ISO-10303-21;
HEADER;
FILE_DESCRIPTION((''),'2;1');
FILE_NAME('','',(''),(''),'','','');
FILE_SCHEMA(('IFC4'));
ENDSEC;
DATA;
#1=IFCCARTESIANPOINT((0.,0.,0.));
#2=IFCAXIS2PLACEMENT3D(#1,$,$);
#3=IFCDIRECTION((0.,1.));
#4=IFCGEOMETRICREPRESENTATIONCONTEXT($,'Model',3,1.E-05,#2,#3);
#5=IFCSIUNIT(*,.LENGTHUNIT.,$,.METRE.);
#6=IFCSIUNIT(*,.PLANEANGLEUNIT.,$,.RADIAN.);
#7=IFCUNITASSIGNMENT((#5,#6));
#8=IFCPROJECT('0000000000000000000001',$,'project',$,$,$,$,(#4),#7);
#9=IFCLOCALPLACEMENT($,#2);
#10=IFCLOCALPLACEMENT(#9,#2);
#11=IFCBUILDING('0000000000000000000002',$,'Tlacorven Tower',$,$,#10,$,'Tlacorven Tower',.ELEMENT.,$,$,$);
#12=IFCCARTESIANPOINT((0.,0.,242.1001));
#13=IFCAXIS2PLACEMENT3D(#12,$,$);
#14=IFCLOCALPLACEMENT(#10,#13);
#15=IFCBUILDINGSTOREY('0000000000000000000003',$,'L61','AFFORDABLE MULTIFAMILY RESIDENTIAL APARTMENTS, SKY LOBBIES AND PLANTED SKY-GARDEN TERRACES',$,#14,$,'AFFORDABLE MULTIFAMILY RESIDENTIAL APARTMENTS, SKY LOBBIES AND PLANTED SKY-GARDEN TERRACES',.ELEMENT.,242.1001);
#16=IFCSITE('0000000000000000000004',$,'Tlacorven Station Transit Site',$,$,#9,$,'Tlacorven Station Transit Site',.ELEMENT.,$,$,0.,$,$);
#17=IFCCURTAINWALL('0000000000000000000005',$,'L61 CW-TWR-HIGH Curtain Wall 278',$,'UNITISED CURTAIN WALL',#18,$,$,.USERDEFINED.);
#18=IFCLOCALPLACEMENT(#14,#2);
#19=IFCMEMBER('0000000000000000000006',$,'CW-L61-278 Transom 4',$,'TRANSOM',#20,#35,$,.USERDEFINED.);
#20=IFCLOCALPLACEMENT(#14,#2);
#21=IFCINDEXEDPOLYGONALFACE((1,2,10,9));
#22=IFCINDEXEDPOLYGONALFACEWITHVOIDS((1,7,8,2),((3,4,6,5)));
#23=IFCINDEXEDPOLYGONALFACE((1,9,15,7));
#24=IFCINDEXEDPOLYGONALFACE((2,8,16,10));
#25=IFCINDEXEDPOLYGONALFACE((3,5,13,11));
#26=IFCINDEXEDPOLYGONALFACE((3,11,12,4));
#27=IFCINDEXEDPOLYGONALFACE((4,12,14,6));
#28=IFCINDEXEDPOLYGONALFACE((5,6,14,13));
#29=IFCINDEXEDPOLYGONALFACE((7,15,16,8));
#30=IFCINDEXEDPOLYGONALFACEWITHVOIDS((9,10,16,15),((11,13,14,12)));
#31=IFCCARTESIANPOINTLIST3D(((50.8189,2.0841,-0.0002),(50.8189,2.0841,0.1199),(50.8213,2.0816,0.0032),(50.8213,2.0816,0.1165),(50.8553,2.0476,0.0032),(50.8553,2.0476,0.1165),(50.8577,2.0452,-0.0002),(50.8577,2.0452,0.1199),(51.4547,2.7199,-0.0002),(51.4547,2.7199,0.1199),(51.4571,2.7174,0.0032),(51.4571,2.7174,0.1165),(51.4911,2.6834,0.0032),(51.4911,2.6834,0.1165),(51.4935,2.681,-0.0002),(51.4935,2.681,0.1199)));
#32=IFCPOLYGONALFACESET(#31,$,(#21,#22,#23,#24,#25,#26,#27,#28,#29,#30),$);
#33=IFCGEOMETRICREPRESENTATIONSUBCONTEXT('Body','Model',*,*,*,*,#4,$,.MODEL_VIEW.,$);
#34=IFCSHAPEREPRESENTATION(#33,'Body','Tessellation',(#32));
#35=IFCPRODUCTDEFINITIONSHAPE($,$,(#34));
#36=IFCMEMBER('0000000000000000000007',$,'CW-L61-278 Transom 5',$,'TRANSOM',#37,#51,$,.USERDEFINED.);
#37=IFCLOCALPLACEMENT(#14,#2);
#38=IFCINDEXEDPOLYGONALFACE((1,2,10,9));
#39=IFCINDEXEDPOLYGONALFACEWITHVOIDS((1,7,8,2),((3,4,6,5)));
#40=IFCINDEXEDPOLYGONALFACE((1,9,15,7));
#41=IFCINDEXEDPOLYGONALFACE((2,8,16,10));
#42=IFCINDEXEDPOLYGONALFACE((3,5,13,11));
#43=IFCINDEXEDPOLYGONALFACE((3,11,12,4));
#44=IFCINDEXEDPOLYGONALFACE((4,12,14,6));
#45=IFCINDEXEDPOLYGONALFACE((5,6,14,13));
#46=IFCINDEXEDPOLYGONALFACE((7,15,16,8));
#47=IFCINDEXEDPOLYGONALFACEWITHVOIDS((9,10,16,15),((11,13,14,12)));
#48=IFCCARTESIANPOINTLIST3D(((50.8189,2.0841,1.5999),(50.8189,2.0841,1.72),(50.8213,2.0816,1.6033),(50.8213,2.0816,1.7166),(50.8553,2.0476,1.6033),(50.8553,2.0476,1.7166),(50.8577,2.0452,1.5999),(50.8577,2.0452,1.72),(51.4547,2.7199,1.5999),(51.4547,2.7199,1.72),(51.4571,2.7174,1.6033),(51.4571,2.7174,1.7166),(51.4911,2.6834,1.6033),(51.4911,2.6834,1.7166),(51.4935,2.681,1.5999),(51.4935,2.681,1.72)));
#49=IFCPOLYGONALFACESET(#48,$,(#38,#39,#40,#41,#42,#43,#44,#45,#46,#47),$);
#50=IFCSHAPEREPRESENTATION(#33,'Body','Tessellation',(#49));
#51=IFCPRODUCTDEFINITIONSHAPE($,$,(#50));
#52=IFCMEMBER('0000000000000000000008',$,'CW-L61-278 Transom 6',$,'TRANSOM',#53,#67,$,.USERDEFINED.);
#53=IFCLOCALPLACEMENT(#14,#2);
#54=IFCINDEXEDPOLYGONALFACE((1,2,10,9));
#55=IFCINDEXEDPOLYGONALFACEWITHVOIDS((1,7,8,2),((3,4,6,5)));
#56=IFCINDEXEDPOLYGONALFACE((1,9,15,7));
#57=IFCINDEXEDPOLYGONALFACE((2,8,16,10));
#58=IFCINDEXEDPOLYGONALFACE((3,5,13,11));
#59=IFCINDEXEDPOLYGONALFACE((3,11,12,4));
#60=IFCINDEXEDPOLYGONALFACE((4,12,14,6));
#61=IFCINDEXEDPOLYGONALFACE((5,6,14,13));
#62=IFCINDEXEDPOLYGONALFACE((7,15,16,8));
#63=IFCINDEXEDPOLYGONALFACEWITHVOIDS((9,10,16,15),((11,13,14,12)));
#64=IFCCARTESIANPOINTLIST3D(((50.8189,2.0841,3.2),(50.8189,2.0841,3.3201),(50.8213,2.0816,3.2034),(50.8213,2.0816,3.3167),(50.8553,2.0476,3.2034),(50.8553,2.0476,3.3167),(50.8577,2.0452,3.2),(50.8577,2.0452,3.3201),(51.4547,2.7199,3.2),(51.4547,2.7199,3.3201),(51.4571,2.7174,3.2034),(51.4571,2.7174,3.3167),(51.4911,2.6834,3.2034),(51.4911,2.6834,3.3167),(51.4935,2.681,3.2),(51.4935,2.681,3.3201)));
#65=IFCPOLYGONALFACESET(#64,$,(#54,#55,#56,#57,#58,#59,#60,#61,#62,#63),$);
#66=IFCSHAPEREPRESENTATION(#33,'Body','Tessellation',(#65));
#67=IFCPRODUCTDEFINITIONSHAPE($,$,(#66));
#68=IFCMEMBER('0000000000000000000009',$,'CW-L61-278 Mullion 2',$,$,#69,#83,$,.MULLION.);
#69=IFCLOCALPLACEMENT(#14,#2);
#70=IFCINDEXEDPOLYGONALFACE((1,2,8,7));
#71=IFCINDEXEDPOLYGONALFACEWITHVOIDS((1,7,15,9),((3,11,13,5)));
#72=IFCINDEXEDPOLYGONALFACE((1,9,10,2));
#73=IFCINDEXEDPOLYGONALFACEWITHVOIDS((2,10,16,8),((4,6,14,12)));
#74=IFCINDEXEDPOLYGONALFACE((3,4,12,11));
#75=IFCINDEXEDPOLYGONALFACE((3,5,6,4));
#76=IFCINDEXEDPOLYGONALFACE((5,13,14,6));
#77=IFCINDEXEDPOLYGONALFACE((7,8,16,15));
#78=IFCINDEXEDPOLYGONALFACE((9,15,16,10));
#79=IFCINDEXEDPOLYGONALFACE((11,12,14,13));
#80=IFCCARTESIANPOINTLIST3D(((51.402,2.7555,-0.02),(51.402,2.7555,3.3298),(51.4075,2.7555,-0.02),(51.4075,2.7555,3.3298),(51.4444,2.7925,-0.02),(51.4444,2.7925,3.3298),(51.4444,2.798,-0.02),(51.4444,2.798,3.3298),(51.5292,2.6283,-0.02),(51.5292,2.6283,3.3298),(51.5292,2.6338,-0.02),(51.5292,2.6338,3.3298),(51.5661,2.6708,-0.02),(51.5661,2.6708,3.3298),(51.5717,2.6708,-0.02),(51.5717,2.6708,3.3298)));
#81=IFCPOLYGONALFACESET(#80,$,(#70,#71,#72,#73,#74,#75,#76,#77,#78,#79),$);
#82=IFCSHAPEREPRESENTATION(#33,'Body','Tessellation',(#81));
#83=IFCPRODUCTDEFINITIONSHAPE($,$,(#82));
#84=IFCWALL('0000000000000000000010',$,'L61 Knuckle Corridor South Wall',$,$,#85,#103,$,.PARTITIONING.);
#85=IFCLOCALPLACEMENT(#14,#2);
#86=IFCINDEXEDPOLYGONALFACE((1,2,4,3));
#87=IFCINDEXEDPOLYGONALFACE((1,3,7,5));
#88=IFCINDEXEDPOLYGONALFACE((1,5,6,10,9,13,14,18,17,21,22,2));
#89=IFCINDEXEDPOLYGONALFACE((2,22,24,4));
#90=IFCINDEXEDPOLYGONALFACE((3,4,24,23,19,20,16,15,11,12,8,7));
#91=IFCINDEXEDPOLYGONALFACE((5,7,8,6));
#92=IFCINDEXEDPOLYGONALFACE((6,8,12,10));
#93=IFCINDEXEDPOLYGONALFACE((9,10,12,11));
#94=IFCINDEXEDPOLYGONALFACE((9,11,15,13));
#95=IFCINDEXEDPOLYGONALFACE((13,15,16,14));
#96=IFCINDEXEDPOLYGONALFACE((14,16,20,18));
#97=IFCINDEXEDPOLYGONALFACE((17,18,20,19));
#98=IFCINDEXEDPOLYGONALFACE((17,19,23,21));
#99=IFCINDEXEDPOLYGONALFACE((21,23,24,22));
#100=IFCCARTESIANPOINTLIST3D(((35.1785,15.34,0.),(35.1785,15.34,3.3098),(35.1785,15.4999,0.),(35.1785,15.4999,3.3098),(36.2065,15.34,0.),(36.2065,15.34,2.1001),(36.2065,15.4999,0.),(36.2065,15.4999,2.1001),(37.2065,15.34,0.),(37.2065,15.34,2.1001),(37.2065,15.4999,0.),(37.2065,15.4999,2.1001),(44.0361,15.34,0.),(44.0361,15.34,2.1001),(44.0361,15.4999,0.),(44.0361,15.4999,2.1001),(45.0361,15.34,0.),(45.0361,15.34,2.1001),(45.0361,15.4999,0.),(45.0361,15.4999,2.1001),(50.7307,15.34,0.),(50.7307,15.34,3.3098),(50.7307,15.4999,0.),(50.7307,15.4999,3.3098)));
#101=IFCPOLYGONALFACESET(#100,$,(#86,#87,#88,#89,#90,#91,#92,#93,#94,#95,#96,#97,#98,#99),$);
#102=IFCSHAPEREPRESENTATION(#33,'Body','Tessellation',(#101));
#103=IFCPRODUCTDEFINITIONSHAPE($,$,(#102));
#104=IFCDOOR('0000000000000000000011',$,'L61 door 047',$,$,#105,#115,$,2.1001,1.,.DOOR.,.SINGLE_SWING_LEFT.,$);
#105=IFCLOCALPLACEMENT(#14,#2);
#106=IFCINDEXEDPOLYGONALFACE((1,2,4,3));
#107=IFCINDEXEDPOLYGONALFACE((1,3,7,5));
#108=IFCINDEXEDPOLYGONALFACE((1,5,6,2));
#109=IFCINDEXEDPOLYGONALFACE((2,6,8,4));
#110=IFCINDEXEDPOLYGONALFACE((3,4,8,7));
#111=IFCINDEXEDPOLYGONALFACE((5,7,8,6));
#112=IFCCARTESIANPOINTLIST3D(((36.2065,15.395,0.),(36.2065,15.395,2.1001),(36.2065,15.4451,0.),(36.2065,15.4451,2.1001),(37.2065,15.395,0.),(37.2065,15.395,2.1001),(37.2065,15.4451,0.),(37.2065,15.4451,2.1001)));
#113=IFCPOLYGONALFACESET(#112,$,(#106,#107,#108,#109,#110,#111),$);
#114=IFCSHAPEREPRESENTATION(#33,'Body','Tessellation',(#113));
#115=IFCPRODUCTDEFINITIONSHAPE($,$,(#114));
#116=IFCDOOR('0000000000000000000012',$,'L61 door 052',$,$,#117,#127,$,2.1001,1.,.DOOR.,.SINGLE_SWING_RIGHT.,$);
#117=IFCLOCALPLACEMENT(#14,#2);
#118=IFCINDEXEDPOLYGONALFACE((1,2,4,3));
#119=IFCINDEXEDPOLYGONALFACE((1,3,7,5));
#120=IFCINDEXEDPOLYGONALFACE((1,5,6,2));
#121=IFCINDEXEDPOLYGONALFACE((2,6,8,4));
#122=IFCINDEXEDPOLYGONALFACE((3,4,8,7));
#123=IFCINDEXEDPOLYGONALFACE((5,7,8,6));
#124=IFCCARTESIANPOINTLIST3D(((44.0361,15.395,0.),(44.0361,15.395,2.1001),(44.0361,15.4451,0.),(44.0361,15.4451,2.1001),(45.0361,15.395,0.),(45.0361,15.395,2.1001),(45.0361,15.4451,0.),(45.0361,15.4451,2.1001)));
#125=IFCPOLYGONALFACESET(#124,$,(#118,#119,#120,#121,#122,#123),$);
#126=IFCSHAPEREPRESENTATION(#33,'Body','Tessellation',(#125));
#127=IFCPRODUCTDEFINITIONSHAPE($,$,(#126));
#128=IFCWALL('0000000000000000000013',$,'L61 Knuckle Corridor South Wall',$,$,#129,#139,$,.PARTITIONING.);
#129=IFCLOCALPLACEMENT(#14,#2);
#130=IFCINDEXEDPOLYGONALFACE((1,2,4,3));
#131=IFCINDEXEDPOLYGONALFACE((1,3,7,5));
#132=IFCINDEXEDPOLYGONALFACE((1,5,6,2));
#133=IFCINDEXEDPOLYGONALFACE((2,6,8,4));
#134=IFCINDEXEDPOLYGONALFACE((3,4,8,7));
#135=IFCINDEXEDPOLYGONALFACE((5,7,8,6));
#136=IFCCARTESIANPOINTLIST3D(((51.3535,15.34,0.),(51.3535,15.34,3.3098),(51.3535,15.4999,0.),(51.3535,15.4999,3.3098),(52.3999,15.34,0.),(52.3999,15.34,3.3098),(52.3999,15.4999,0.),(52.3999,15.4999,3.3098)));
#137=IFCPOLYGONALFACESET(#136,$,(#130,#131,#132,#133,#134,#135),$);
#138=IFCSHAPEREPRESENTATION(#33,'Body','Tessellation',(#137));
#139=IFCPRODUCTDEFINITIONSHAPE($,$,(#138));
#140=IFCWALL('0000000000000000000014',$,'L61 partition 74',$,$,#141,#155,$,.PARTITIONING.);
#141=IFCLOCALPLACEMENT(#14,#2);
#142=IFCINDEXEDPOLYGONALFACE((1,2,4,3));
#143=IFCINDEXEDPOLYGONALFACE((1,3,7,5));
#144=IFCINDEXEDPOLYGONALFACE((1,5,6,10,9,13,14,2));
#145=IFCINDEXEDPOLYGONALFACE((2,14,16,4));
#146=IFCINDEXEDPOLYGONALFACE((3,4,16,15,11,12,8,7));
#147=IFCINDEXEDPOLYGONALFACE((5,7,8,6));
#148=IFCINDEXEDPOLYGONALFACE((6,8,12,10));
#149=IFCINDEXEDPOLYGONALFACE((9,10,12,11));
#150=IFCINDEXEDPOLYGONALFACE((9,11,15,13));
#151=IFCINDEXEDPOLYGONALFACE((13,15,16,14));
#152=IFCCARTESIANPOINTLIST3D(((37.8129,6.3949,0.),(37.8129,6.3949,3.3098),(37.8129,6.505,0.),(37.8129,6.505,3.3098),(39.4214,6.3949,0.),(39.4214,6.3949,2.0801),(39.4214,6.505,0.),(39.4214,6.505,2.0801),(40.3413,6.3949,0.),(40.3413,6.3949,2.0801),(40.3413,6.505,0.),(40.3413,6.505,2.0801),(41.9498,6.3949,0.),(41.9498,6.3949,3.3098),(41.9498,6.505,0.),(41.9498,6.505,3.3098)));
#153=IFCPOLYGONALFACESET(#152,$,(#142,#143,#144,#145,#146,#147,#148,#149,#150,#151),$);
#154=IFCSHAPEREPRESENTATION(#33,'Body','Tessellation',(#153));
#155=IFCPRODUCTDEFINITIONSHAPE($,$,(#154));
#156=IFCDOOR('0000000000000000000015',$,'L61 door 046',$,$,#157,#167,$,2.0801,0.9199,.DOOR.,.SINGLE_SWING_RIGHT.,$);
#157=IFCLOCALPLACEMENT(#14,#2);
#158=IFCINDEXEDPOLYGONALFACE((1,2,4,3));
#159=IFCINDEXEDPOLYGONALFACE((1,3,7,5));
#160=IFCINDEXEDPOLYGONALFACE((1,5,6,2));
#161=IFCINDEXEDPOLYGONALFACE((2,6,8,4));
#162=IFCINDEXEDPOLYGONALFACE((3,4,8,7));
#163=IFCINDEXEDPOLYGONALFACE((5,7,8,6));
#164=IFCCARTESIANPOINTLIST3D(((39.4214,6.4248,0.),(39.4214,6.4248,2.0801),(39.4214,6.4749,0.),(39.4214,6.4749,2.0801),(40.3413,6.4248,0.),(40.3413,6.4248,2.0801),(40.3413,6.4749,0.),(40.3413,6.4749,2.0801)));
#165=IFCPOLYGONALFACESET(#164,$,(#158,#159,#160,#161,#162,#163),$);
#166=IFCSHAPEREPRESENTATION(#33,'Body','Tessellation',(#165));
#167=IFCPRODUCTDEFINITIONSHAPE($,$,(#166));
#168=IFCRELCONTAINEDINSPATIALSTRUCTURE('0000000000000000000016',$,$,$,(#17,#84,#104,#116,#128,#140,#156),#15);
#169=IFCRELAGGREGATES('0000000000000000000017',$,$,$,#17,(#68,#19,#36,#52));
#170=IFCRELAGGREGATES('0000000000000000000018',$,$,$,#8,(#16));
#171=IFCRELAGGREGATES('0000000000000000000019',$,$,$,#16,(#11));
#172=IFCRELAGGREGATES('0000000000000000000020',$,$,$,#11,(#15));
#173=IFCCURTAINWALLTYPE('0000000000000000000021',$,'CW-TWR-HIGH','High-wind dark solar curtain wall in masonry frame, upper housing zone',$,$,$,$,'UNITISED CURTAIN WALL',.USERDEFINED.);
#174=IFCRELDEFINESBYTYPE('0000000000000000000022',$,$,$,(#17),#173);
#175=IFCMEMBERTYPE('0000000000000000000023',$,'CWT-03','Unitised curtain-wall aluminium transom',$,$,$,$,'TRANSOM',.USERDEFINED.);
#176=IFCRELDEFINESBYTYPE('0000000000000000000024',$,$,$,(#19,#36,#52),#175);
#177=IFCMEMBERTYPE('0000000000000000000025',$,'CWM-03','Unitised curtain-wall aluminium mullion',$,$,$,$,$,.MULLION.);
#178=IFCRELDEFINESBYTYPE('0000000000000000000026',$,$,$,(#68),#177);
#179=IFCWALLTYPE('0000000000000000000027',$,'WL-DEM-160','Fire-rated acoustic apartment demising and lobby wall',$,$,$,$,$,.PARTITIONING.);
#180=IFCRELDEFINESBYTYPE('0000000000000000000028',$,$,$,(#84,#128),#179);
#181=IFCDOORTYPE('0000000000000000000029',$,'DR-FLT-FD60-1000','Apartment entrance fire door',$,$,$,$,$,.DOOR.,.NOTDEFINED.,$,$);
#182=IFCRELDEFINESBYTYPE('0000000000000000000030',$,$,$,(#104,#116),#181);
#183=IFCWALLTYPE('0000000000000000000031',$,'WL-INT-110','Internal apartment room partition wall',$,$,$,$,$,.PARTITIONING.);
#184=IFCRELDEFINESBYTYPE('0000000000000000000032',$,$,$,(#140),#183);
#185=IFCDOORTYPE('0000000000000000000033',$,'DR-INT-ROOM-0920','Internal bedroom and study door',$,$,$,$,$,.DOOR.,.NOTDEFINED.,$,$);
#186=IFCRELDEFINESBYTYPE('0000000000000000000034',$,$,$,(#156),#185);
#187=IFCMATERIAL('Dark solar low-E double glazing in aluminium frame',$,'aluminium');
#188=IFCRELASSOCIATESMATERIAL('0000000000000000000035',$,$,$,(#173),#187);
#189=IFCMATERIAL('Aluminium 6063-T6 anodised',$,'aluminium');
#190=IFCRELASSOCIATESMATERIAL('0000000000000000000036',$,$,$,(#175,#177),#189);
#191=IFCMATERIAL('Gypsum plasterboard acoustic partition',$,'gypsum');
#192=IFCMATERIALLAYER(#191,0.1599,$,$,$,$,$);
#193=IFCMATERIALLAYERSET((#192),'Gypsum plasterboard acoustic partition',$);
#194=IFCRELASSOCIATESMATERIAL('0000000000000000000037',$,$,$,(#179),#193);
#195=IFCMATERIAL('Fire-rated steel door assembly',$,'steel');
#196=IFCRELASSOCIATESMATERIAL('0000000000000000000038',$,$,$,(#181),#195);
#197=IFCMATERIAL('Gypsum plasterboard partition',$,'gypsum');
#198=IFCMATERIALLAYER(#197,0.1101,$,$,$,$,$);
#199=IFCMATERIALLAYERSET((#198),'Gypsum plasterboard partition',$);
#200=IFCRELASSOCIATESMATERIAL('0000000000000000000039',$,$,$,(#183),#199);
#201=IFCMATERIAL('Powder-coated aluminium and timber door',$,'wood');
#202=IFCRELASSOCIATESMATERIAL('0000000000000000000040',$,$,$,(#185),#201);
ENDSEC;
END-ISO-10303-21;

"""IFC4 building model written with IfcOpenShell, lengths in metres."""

from ifc_helpers import new_model, si_unit, direction, frame, frame_2d, origin, origin_2d, place, context, subcontext, project, spatial, rectangle, hollow_rectangle, extrude, source, transform, mapped, material, layer, layer_set, material_profile, profile_set, type_object, element, fill, aggregate, save


model = new_model("IFC4")

# Units and contexts
model_context = context("Model", 3, precision=1e-05, world=origin(), true_north=direction((0.0, 1.0)))
body_context = subcontext(model_context, "Body", "Model", "MODEL_VIEW")
ifc_project = project(units=[si_unit("LENGTHUNIT", "METRE"), si_unit("PLANEANGLEUNIT", "RADIAN")], contexts=[model_context])

# Site, building, storey
site_placement = place(None, origin())
site = spatial("IfcSite", under=ifc_project, at=site_placement, Name="Tlacorven Station Transit Site", LongName="Tlacorven Station Transit Site", CompositionType="ELEMENT", RefElevation=0.0)
building_placement = place(site_placement, origin())
building = spatial("IfcBuilding", under=site, at=building_placement, Name="Tlacorven Tower", LongName="Tlacorven Tower", CompositionType="ELEMENT")
storey_placement = place(building_placement, frame((0.0, 0.0, 242.1001)))
storey = spatial("IfcBuildingStorey", under=building, at=storey_placement, Name="L61", Description="AFFORDABLE MULTIFAMILY RESIDENTIAL APARTMENTS, SKY LOBBIES AND PLANTED SKY-GARDEN TERRACES", LongName="AFFORDABLE MULTIFAMILY RESIDENTIAL APARTMENTS, SKY LOBBIES AND PLANTED SKY-GARDEN TERRACES", CompositionType="ELEMENT", Elevation=242.1001)

# Curtain wall, members
ifc_material_1 = material(Name="Dark solar low-E double glazing in aluminium frame", Category="aluminium")
curtain_wall_type = type_object("IfcCurtainWallType", Name="CW-TWR-HIGH", Description="High-wind dark solar curtain wall in masonry frame, upper housing zone", ElementType="UNITISED CURTAIN WALL", PredefinedType="USERDEFINED", material=ifc_material_1)
curtain_wall_placement = place(storey_placement, origin())
curtain_wall = element("IfcCurtainWall", 1, at=curtain_wall_placement, inside=storey, type_object=curtain_wall_type, Name="L61 CW-TWR-HIGH Curtain Wall 278", ObjectType="UNITISED CURTAIN WALL", PredefinedType="USERDEFINED")
ifc_material_2 = material(Name="Aluminium 6063-T6 anodised", Category="aluminium")
ifc_material_profile_1 = material_profile(ifc_material_2, hollow_rectangle(XDim=0.0549, YDim=0.1201, WallThickness=0.0034, at=origin_2d()), Name="ALU TRANSOM 55X120")
ifc_profile_set_1 = profile_set([ifc_material_profile_1], Name="Aluminium 6063-T6 anodised")
member_type_1 = type_object("IfcMemberType", Name="CWT-03", Description="Unitised curtain-wall aluminium transom", ElementType="TRANSOM", PredefinedType="USERDEFINED", material=ifc_profile_set_1)
shared_shape_1 = source(origin(), body_context, "Body", "SweptSolid", [
    extrude(hollow_rectangle(XDim=0.0549, YDim=0.1201, WallThickness=0.0034, at=origin_2d()), origin(), (0.0, 0.0, 1.0), 0.8992),
])
member_1_placement = place(storey_placement, frame((51.4741, 2.7004, 0.0598), z_axis=(-0.707107, -0.707107, 0.0), x_axis=(0.707107, -0.707107, 0.0)))
member_1 = element("IfcMember", 2, at=member_1_placement, type_object=member_type_1, Name="CW-L61-278 Transom 4", ObjectType="TRANSOM", PredefinedType="USERDEFINED", context=body_context, shape_type="MappedRepresentation", body=[
    mapped(shared_shape_1, transform((0.0, 0.0, 0.0), scale=1.0)),
])
member_2_placement = place(storey_placement, frame((51.4741, 2.7004, 1.6599), z_axis=(-0.707107, -0.707107, 0.0), x_axis=(0.707107, -0.707107, 0.0)))
member_2 = element("IfcMember", 3, at=member_2_placement, type_object=member_type_1, Name="CW-L61-278 Transom 5", ObjectType="TRANSOM", PredefinedType="USERDEFINED", context=body_context, shape_type="MappedRepresentation", body=[
    mapped(shared_shape_1, transform((0.0, 0.0, 0.0), scale=1.0)),
])
member_3_placement = place(storey_placement, frame((51.4741, 2.7004, 3.26), z_axis=(-0.707107, -0.707107, 0.0), x_axis=(0.707107, -0.707107, 0.0)))
member_3 = element("IfcMember", 4, at=member_3_placement, type_object=member_type_1, Name="CW-L61-278 Transom 6", ObjectType="TRANSOM", PredefinedType="USERDEFINED", context=body_context, shape_type="MappedRepresentation", body=[
    mapped(shared_shape_1, transform((0.0, 0.0, 0.0), scale=1.0)),
])
ifc_material_profile_2 = material_profile(ifc_material_2, hollow_rectangle(XDim=0.0601, YDim=0.1799, WallThickness=0.0039, at=origin_2d()), Name="ALU MULLION 60X180")
ifc_profile_set_2 = profile_set([ifc_material_profile_2], Name="Aluminium 6063-T6 anodised")
member_type_2 = type_object("IfcMemberType", Name="CWM-03", Description="Unitised curtain-wall aluminium mullion", PredefinedType="MULLION", material=ifc_profile_set_2)
shared_shape_2 = source(origin(), body_context, "Body", "SweptSolid", [
    extrude(hollow_rectangle(XDim=0.0601, YDim=0.1799, WallThickness=0.0039, at=origin_2d()), origin(), (0.0, 0.0, 1.0), 3.3499),
])
member_4_placement = place(storey_placement, frame((51.4868, 2.7131, -0.02), z_axis=(0.0, 0.0, 1.0), x_axis=(-0.707107, -0.707107, 0.0)))
member_4 = element("IfcMember", 5, at=member_4_placement, type_object=member_type_2, Name="CW-L61-278 Mullion 2", PredefinedType="MULLION", context=body_context, shape_type="MappedRepresentation", body=[
    mapped(shared_shape_2, transform((0.0, 0.0, 0.0), scale=1.0)),
])
aggregate(curtain_wall, [member_4, member_1, member_2, member_3])

# Wall, openings, doors
ifc_material_3 = material(Name="Gypsum plasterboard acoustic partition", Category="gypsum")
ifc_layer_1 = layer(ifc_material_3, 0.1599)
ifc_layer_set_1 = layer_set([ifc_layer_1], Name="Gypsum plasterboard acoustic partition")
wall_type_1 = type_object("IfcWallType", Name="WL-DEM-160", Description="Fire-rated acoustic apartment demising and lobby wall", PredefinedType="PARTITIONING", material=ifc_layer_set_1)
wall_1_placement = place(storey_placement, frame((35.1785, 15.4199, 0.0), z_axis=(0.0, 0.0, 1.0), x_axis=(1.0, 0.0, 0.0)))
wall_1 = element("IfcWall", 6, at=wall_1_placement, inside=storey, type_object=wall_type_1, Name="L61 Knuckle Corridor South Wall", PredefinedType="PARTITIONING", context=body_context, shape_type="SweptSolid", body=[
    extrude(rectangle(XDim=15.5522, YDim=0.1599, at=frame_2d((7.7761, 0.0))), origin(), (0.0, 0.0, 1.0), 3.3098),
])
opening_1_placement = place(wall_1_placement, frame((1.0281, 0.0, 0.0)))
opening_1 = element("IfcOpeningElement", 7, at=opening_1_placement, cuts=wall_1, PredefinedType="OPENING", context=body_context, shape_type="SweptSolid", body=[
    extrude(rectangle(XDim=1.0, YDim=2.1001, at=frame_2d((0.5, 1.05))), frame((0.0, 0.0898, 0.0), z_axis=(0.0, -1.0, 0.0), x_axis=(1.0, 0.0, 0.0)), (0.0, 0.0, 1.0), 0.1799),
])
opening_2_placement = place(wall_1_placement, frame((8.8577, 0.0, 0.0)))
opening_2 = element("IfcOpeningElement", 8, at=opening_2_placement, cuts=wall_1, PredefinedType="OPENING", context=body_context, shape_type="SweptSolid", body=[
    extrude(rectangle(XDim=1.0, YDim=2.1001, at=frame_2d((0.5, 1.05))), frame((0.0, 0.0898, 0.0), z_axis=(0.0, -1.0, 0.0), x_axis=(1.0, 0.0, 0.0)), (0.0, 0.0, 1.0), 0.1799),
])
ifc_material_4 = material(Name="Fire-rated steel door assembly", Category="steel")
door_type_1 = type_object("IfcDoorType", Name="DR-FLT-FD60-1000", Description="Apartment entrance fire door", OperationType="NOTDEFINED", PredefinedType="DOOR", material=ifc_material_4)
shared_shape_3 = source(origin(), body_context, "Body", "SweptSolid", [
    extrude(rectangle(XDim=1.0, YDim=2.1001, at=frame_2d((0.5, 1.05))), frame((0.0, 0.0249, 0.0), z_axis=(0.0, -1.0, 0.0), x_axis=(1.0, 0.0, 0.0)), (0.0, 0.0, 1.0), 0.05),
])
door_1_placement = place(opening_1_placement, frame((1.0, 0.0, 0.0), z_axis=(0.0, 0.0, 1.0), x_axis=(-1.0, 0.0, 0.0)))
door_1 = element("IfcDoor", 9, at=door_1_placement, inside=storey, type_object=door_type_1, Name="L61 door 047", OperationType="SINGLE_SWING_LEFT", OverallHeight=2.1001, OverallWidth=1.0, PredefinedType="DOOR", context=body_context, shape_type="MappedRepresentation", body=[
    mapped(shared_shape_3, transform((0.0, 0.0, 0.0), scale=1.0)),
])
fill(opening_1, door_1)
door_2_placement = place(opening_2_placement, frame((1.0, 0.0, 0.0), z_axis=(0.0, 0.0, 1.0), x_axis=(-1.0, 0.0, 0.0)))
door_2 = element("IfcDoor", 10, at=door_2_placement, inside=storey, type_object=door_type_1, Name="L61 door 052", OperationType="SINGLE_SWING_RIGHT", OverallHeight=2.1001, OverallWidth=1.0, PredefinedType="DOOR", context=body_context, shape_type="MappedRepresentation", body=[
    mapped(shared_shape_3, transform((0.0, 0.0, 0.0), scale=1.0)),
])
fill(opening_2, door_2)

# Wall
wall_2_placement = place(storey_placement, frame((51.3535, 15.4199, 0.0), z_axis=(0.0, 0.0, 1.0), x_axis=(1.0, 0.0, 0.0)))
element("IfcWall", 11, at=wall_2_placement, inside=storey, type_object=wall_type_1, Name="L61 Knuckle Corridor South Wall", PredefinedType="PARTITIONING", context=body_context, shape_type="SweptSolid", body=[
    extrude(rectangle(XDim=1.0464, YDim=0.1599, at=frame_2d((0.5232, 0.0))), origin(), (0.0, 0.0, 1.0), 3.3098),
])

# Wall, opening, door
ifc_material_5 = material(Name="Gypsum plasterboard partition", Category="gypsum")
ifc_layer_2 = layer(ifc_material_5, 0.1101)
ifc_layer_set_2 = layer_set([ifc_layer_2], Name="Gypsum plasterboard partition")
wall_type_2 = type_object("IfcWallType", Name="WL-INT-110", Description="Internal apartment room partition wall", PredefinedType="PARTITIONING", material=ifc_layer_set_2)
wall_3_placement = place(storey_placement, frame((37.813, 6.45, 0.0), z_axis=(0.0, 0.0, 1.0), x_axis=(1.0, 0.0, 0.0)))
wall_3 = element("IfcWall", 12, at=wall_3_placement, inside=storey, type_object=wall_type_2, Name="L61 partition 74", PredefinedType="PARTITIONING", context=body_context, shape_type="SweptSolid", body=[
    extrude(rectangle(XDim=4.137, YDim=0.1101, at=frame_2d((2.0684, 0.0))), origin(), (0.0, 0.0, 1.0), 3.3098),
])
opening_3_placement = place(wall_3_placement, frame((1.6084, 0.0, 0.0)))
opening_3 = element("IfcOpeningElement", 13, at=opening_3_placement, cuts=wall_3, PredefinedType="OPENING", context=body_context, shape_type="SweptSolid", body=[
    extrude(rectangle(XDim=0.9199, YDim=2.0801, at=frame_2d((0.46, 1.04))), frame((0.0, 0.0649, 0.0), z_axis=(0.0, -1.0, 0.0), x_axis=(1.0, 0.0, 0.0)), (0.0, 0.0, 1.0), 0.1301),
])
ifc_material_6 = material(Name="Powder-coated aluminium and timber door", Category="wood")
door_type_2 = type_object("IfcDoorType", Name="DR-INT-ROOM-0920", Description="Internal bedroom and study door", OperationType="NOTDEFINED", PredefinedType="DOOR", material=ifc_material_6)
shared_shape_4 = source(origin(), body_context, "Body", "SweptSolid", [
    extrude(rectangle(XDim=0.9199, YDim=2.0801, at=frame_2d((0.46, 1.04))), frame((0.0, 0.0249, 0.0), z_axis=(0.0, -1.0, 0.0), x_axis=(1.0, 0.0, 0.0)), (0.0, 0.0, 1.0), 0.05),
])
door_3_placement = place(opening_3_placement, origin())
door_3 = element("IfcDoor", 14, at=door_3_placement, inside=storey, type_object=door_type_2, Name="L61 door 046", OperationType="SINGLE_SWING_RIGHT", OverallHeight=2.0801, OverallWidth=0.9199, PredefinedType="DOOR", context=body_context, shape_type="MappedRepresentation", body=[
    mapped(shared_shape_4, transform((0.0, 0.0, 0.0), scale=1.0)),
])
fill(opening_3, door_3)

save(model, "model.ifc")
